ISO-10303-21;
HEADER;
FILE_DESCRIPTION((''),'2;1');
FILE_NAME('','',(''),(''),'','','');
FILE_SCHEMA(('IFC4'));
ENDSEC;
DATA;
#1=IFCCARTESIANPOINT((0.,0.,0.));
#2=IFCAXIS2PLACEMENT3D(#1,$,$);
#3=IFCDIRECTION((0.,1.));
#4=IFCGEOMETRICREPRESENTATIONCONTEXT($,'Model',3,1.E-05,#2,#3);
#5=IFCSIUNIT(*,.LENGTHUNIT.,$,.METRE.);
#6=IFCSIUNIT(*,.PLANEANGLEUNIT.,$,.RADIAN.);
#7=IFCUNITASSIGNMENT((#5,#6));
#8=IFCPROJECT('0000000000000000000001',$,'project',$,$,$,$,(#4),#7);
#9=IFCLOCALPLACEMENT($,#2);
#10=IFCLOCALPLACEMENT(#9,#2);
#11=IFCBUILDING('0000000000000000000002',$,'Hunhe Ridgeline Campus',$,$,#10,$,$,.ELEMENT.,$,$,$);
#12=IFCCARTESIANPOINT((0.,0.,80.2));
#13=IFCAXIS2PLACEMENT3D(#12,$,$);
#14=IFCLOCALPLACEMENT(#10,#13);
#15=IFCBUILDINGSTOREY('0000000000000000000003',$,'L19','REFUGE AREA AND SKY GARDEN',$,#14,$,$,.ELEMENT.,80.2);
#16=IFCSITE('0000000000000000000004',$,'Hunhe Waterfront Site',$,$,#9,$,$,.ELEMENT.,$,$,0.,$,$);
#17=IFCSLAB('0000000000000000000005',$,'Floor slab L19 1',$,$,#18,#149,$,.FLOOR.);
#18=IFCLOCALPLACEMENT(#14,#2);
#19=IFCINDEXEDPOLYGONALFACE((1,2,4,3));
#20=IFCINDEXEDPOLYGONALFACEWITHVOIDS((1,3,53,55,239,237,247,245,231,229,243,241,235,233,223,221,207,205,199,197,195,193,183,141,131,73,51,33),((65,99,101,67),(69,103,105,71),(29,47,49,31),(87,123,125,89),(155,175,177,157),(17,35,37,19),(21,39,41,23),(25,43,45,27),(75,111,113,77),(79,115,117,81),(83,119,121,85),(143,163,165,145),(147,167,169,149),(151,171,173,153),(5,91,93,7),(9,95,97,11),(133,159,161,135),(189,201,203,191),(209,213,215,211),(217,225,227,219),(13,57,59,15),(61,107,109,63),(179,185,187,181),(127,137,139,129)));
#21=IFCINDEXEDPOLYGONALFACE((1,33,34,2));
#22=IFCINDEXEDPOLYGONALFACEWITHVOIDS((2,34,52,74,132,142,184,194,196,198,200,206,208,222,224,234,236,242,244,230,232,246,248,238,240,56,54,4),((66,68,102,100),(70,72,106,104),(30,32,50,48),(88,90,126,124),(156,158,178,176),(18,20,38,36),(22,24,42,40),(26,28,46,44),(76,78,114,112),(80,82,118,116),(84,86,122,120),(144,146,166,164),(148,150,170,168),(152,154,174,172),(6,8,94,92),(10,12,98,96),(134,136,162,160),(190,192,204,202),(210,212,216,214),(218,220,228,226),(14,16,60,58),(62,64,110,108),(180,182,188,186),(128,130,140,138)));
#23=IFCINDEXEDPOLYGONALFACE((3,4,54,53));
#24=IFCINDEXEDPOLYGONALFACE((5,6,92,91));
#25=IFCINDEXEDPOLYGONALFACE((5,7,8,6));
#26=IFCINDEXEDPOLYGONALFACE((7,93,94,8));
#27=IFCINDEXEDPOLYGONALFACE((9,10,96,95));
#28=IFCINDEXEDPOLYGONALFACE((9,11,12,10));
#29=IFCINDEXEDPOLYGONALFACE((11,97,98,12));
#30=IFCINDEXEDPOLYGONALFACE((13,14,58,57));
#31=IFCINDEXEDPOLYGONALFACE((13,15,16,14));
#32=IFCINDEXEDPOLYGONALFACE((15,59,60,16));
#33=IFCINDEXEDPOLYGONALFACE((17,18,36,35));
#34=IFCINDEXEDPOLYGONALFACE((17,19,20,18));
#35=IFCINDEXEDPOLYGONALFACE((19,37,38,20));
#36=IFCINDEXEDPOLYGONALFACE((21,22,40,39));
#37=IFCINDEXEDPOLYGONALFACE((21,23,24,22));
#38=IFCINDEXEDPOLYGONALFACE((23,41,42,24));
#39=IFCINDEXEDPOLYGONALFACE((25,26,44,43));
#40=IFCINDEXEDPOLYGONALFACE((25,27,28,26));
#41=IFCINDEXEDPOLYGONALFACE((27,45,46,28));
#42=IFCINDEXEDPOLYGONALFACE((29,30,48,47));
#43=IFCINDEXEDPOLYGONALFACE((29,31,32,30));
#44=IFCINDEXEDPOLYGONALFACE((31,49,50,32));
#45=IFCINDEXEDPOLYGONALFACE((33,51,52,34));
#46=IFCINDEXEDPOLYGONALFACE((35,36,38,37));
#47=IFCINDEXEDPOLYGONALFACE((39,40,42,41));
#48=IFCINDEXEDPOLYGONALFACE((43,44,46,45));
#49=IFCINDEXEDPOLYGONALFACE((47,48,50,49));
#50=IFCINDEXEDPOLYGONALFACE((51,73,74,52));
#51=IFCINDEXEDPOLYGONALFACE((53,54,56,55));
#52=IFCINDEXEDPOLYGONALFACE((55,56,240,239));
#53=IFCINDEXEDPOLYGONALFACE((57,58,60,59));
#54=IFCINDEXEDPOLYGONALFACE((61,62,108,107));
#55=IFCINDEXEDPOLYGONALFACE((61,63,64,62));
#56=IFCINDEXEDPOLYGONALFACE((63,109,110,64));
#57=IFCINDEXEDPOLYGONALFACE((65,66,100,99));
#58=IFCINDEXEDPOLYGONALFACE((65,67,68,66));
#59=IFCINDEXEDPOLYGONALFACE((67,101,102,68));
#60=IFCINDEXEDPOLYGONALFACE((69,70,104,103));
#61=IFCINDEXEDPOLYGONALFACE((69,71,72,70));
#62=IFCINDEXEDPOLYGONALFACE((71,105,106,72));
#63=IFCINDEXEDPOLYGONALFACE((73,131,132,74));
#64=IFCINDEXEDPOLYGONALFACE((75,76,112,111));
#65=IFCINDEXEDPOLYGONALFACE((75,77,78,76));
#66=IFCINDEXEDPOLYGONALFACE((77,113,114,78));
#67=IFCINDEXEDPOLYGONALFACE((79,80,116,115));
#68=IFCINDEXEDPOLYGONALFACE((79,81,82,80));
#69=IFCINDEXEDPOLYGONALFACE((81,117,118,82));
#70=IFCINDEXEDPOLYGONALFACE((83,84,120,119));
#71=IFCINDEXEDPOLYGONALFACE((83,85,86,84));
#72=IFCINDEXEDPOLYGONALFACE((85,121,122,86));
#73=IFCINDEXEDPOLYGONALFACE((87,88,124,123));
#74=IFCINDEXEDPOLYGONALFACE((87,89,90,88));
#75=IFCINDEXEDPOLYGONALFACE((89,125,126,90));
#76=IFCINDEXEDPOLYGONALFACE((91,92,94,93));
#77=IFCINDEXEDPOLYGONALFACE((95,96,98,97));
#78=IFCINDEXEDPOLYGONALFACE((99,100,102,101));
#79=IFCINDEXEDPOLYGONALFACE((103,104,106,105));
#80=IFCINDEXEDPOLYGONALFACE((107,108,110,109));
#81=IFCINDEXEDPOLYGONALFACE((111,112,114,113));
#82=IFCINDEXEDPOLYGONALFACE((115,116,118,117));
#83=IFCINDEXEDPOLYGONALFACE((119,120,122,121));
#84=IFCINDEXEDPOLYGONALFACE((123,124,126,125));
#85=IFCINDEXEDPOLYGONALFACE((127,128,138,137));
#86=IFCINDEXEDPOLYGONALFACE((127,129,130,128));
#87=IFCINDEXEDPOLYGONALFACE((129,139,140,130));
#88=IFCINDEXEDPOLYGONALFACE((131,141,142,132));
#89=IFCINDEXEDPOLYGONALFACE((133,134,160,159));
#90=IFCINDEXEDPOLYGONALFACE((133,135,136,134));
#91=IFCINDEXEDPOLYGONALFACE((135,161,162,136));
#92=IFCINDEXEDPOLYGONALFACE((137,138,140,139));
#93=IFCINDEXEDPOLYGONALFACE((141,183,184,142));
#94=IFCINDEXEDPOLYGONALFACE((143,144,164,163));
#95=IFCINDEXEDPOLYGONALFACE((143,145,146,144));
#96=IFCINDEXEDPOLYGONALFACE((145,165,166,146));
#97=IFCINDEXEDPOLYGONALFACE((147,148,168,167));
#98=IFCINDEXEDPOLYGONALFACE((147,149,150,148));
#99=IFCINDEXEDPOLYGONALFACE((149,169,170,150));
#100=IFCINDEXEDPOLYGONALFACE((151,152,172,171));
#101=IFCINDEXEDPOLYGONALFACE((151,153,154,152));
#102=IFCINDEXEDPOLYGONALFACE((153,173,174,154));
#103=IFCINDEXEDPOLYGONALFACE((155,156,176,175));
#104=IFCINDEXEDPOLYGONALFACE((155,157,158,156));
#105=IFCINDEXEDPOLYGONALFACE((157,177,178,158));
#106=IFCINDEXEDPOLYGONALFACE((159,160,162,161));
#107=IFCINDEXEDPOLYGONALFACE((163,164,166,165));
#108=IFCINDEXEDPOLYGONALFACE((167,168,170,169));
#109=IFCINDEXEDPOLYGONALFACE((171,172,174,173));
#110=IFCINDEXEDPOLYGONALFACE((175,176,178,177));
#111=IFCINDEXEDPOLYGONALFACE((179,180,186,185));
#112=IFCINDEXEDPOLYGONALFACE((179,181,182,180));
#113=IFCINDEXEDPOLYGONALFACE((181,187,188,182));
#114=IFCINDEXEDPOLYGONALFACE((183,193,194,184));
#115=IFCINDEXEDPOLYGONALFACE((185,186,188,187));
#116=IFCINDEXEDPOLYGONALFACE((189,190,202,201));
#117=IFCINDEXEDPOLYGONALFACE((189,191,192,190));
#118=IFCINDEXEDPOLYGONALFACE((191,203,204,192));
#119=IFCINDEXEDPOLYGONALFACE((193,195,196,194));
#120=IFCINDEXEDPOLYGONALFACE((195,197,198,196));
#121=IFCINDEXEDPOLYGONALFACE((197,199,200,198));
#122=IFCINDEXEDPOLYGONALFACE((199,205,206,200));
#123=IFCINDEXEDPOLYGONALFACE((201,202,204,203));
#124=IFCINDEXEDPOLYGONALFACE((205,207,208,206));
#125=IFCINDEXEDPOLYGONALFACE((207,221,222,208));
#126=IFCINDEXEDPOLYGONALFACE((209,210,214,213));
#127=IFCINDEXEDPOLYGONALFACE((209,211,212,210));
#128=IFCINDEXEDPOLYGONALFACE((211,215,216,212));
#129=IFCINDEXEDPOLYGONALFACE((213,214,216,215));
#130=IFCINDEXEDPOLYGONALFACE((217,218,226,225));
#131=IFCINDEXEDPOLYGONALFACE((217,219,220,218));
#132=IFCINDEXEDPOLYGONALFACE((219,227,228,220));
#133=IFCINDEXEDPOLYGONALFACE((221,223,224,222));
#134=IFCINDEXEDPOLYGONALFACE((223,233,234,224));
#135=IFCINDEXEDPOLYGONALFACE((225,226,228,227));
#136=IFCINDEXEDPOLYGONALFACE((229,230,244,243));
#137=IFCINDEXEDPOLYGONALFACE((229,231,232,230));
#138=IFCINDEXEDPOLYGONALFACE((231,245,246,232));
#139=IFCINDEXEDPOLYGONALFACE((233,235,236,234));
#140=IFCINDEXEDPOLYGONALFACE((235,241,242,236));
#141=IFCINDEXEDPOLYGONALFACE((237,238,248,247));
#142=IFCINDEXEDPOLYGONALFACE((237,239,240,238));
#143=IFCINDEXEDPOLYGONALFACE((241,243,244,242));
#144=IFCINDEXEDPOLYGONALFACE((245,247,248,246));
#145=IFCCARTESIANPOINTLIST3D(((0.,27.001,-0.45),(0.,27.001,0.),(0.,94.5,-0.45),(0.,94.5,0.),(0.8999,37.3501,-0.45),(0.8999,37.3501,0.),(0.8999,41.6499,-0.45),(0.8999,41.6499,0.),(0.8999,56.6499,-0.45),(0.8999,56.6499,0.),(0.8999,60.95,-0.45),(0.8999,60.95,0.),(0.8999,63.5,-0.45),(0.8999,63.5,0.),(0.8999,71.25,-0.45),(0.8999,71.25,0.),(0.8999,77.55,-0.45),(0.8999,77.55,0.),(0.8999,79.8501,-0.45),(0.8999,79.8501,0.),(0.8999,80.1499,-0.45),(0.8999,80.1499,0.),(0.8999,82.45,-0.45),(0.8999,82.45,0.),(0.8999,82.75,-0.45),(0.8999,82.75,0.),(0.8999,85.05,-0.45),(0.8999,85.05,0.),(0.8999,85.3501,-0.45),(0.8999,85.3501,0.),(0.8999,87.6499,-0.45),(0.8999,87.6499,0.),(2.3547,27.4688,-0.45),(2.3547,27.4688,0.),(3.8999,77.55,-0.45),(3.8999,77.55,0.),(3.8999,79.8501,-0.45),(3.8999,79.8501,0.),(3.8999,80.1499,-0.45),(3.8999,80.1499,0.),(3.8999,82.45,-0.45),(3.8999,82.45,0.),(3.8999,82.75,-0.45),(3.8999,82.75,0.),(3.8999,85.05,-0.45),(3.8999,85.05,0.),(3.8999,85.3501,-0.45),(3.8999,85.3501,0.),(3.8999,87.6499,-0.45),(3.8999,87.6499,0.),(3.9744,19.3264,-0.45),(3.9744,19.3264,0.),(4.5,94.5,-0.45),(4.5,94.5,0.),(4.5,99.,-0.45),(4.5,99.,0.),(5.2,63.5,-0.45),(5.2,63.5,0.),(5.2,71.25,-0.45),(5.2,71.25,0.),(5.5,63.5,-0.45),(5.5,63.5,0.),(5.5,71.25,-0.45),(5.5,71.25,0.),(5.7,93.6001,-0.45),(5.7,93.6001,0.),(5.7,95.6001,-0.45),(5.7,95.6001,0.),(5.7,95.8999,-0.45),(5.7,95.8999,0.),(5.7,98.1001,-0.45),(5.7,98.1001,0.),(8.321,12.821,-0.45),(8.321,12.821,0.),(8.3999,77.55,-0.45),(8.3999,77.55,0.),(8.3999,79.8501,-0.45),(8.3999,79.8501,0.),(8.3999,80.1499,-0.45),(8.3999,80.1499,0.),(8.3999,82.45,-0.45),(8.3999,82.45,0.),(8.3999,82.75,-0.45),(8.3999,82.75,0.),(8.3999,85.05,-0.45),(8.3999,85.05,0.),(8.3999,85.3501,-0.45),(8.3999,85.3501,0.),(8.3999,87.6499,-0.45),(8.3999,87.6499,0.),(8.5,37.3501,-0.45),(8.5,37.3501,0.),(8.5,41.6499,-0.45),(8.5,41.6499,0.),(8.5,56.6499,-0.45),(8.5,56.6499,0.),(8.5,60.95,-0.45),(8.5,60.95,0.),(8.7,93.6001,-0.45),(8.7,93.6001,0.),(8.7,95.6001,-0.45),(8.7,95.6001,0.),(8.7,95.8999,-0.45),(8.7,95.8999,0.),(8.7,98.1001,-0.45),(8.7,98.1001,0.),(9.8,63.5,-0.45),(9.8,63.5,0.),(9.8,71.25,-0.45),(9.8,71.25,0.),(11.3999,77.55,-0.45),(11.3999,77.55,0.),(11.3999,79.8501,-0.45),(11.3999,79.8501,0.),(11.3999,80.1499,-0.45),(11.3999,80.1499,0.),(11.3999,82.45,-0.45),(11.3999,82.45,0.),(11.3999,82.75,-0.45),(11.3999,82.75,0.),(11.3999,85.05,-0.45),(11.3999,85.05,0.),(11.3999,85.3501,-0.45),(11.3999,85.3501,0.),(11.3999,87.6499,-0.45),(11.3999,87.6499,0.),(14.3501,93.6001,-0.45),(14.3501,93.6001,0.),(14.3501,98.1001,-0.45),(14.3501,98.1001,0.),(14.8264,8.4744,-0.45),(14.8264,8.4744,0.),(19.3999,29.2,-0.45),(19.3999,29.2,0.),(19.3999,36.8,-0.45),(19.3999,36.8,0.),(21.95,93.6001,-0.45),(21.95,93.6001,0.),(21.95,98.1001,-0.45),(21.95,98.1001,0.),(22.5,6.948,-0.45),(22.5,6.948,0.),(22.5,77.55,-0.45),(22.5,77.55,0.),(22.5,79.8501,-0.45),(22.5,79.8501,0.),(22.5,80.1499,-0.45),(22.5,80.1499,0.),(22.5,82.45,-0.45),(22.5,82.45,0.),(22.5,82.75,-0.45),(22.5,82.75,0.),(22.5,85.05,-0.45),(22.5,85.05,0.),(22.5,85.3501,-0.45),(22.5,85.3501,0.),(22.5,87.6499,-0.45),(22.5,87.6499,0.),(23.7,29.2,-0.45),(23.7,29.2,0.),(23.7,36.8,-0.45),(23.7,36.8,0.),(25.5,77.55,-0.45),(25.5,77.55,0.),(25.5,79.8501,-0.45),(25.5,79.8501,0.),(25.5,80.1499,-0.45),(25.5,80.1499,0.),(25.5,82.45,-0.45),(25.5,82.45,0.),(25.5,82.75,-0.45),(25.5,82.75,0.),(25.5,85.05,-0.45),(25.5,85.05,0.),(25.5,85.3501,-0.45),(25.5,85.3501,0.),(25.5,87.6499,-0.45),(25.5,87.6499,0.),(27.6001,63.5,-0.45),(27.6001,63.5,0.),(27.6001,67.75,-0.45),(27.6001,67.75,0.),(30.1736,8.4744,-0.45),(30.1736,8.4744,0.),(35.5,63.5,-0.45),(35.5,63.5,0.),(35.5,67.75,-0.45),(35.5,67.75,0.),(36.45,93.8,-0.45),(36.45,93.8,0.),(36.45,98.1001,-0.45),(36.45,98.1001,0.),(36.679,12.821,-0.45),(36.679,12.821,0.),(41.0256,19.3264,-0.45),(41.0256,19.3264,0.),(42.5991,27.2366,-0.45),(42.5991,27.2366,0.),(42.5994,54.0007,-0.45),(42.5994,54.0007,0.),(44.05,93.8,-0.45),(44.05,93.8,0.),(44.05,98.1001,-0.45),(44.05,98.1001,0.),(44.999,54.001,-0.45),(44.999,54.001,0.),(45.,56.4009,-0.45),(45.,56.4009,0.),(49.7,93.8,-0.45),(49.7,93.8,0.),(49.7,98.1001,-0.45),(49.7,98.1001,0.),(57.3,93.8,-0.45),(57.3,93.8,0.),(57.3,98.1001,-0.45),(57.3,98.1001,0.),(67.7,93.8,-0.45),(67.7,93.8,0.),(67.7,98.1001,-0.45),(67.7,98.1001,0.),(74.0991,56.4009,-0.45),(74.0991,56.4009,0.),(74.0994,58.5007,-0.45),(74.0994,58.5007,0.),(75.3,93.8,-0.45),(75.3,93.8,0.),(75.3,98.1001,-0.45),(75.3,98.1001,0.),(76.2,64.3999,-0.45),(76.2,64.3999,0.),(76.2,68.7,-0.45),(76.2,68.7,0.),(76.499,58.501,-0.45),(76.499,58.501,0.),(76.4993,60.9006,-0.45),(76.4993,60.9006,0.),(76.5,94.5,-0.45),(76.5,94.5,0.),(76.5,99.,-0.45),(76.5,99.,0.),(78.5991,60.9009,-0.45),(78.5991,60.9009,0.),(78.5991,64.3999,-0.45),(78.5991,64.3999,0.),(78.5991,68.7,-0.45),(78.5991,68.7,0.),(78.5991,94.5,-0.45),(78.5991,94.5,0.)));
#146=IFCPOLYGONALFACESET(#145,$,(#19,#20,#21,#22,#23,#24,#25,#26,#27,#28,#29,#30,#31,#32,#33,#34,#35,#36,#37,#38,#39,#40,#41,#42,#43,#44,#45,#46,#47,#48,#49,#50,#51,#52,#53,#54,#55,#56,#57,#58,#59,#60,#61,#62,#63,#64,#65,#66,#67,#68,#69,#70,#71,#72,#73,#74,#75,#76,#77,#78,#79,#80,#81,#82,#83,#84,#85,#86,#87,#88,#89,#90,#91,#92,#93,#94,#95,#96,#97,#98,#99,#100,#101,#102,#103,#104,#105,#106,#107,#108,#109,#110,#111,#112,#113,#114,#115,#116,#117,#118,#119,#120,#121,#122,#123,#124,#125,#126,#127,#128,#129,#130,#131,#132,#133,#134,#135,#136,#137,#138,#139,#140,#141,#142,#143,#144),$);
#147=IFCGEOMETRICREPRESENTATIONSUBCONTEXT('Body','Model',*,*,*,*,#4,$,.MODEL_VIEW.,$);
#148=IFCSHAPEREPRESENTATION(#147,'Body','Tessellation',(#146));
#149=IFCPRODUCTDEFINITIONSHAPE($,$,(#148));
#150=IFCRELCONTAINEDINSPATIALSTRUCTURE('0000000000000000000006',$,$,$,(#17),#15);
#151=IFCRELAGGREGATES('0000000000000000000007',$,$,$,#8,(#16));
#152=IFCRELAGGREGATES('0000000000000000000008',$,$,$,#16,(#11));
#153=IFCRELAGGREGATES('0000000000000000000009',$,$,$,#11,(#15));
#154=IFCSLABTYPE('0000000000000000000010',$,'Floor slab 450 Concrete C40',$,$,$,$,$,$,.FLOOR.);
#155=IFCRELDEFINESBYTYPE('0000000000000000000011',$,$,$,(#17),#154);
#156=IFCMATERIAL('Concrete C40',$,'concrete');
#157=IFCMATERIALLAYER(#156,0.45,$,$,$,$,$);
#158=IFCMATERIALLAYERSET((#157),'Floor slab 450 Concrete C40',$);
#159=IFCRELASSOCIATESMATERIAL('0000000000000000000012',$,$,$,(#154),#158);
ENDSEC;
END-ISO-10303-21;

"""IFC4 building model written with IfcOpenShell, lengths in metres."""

from ifc_helpers import new_model, si_unit, direction, frame, origin, place, context, subcontext, project, spatial, polyline, outline, extrude, material, layer, layer_set, type_object, element, save


model = new_model("IFC4")

# Units and contexts
model_context = context("Model", 3, precision=1e-05, world=origin(), true_north=direction((0.0, 1.0)))
body_context = subcontext(model_context, "Body", "Model", "MODEL_VIEW")
ifc_project = project(units=[si_unit("LENGTHUNIT", "METRE"), si_unit("PLANEANGLEUNIT", "RADIAN")], contexts=[model_context])

# Site, building, storey
site_placement = place(None, origin())
site = spatial("IfcSite", under=ifc_project, at=site_placement, Name="Hunhe Waterfront Site", CompositionType="ELEMENT", RefElevation=0.0)
building_placement = place(site_placement, origin())
building = spatial("IfcBuilding", under=site, at=building_placement, Name="Hunhe Ridgeline Campus", CompositionType="ELEMENT")
storey_placement = place(building_placement, frame((0.0, 0.0, 80.2)))
storey = spatial("IfcBuildingStorey", under=building, at=storey_placement, Name="L19", Description="REFUGE AREA AND SKY GARDEN", CompositionType="ELEMENT", Elevation=80.2)

# Slab
ifc_material_1 = material(Name="Concrete C40", Category="concrete")
ifc_layer_1 = layer(ifc_material_1, 0.45)
ifc_layer_set_1 = layer_set([ifc_layer_1], Name="Floor slab 450 Concrete C40")
slab_type_1 = type_object("IfcSlabType", Name="Floor slab 450 Concrete C40", PredefinedType="FLOOR", material=ifc_layer_set_1)
slab_1_placement = place(storey_placement, frame((0.0, 0.0, -0.45)))
element("IfcSlab", 1, at=slab_1_placement, inside=storey, type_object=slab_type_1, Name="Floor slab L19 1", PredefinedType="FLOOR", context=body_context, shape_type="SweptSolid", body=[
    extrude(outline(polyline([(4.5, 94.5), (0.0, 94.5), (0.0, 27.001), (2.3547, 27.4688), (3.9744, 19.3264), (8.321, 12.821), (14.8264, 8.4744), (22.5, 6.948), (30.1736, 8.4744), (36.679, 12.821), (41.0256, 19.3264), (42.5991, 27.2366), (42.5994, 54.0007), (44.999, 54.001), (45.0, 56.4009), (74.0991, 56.4009), (74.0994, 58.5007), (76.499, 58.501), (76.4993, 60.9006), (78.5991, 60.9009), (78.5991, 64.3999), (76.2, 64.3999), (76.2, 68.7), (78.5991, 68.7), (78.5991, 94.5), (76.5, 94.5), (76.5, 99.0), (4.5, 99.0), (4.5, 94.5)]), holes=[polyline([(75.3, 98.1001), (67.7, 98.1001), (67.7, 93.8), (75.3, 93.8), (75.3, 98.1001)]), polyline([(49.7, 98.1001), (49.7, 93.8), (57.3, 93.8), (57.3, 98.1001), (49.7, 98.1001)]), polyline([(36.45, 93.8), (44.05, 93.8), (44.05, 98.1001), (36.45, 98.1001), (36.45, 93.8)]), polyline([(35.5, 63.5), (35.5, 67.75), (27.6001, 67.75), (27.6001, 63.5), (35.5, 63.5)]), polyline([(25.5, 80.1499), (25.5, 82.45), (22.5, 82.45), (22.5, 80.1499), (25.5, 80.1499)]), polyline([(25.5, 79.8501), (22.5, 79.8501), (22.5, 77.55), (25.5, 77.55), (25.5, 79.8501)]), polyline([(22.5, 87.6499), (22.5, 85.3501), (25.5, 85.3501), (25.5, 87.6499), (22.5, 87.6499)]), polyline([(22.5, 82.75), (25.5, 82.75), (25.5, 85.05), (22.5, 85.05), (22.5, 82.75)]), polyline([(23.7, 29.2), (23.7, 36.8), (19.3999, 36.8), (19.3999, 29.2), (23.7, 29.2)]), polyline([(14.3501, 93.6001), (21.95, 93.6001), (21.95, 98.1001), (14.3501, 98.1001), (14.3501, 93.6001)]), polyline([(8.3999, 82.75), (11.3999, 82.75), (11.3999, 85.05), (8.3999, 85.05), (8.3999, 82.75)]), polyline([(8.3999, 87.6499), (8.3999, 85.3501), (11.3999, 85.3501), (11.3999, 87.6499), (8.3999, 87.6499)]), polyline([(11.3999, 79.8501), (8.3999, 79.8501), (8.3999, 77.55), (11.3999, 77.55), (11.3999, 79.8501)]), polyline([(11.3999, 80.1499), (11.3999, 82.45), (8.3999, 82.45), (8.3999, 80.1499), (11.3999, 80.1499)]), polyline([(9.8, 71.25), (5.5, 71.25), (5.5, 63.5), (9.8, 63.5), (9.8, 71.25)]), polyline([(8.7, 95.8999), (8.7, 98.1001), (5.7, 98.1001), (5.7, 95.8999), (8.7, 95.8999)]), polyline([(8.7, 95.6001), (5.7, 95.6001), (5.7, 93.6001), (8.7, 93.6001), (8.7, 95.6001)]), polyline([(0.8999, 37.3501), (8.5, 37.3501), (8.5, 41.6499), (0.8999, 41.6499), (0.8999, 37.3501)]), polyline([(0.8999, 60.95), (0.8999, 56.6499), (8.5, 56.6499), (8.5, 60.95), (0.8999, 60.95)]), polyline([(0.8999, 71.25), (0.8999, 63.5), (5.2, 63.5), (5.2, 71.25), (0.8999, 71.25)]), polyline([(3.8999, 80.1499), (3.8999, 82.45), (0.8999, 82.45), (0.8999, 80.1499), (3.8999, 80.1499)]), polyline([(3.8999, 79.8501), (0.8999, 79.8501), (0.8999, 77.55), (3.8999, 77.55), (3.8999, 79.8501)]), polyline([(0.8999, 87.6499), (0.8999, 85.3501), (3.8999, 85.3501), (3.8999, 87.6499), (0.8999, 87.6499)]), polyline([(0.8999, 82.75), (3.8999, 82.75), (3.8999, 85.05), (0.8999, 85.05), (0.8999, 82.75)])]), origin(), (0.0, 0.0, 1.0), 0.45),
])

save(model, "model.ifc")
